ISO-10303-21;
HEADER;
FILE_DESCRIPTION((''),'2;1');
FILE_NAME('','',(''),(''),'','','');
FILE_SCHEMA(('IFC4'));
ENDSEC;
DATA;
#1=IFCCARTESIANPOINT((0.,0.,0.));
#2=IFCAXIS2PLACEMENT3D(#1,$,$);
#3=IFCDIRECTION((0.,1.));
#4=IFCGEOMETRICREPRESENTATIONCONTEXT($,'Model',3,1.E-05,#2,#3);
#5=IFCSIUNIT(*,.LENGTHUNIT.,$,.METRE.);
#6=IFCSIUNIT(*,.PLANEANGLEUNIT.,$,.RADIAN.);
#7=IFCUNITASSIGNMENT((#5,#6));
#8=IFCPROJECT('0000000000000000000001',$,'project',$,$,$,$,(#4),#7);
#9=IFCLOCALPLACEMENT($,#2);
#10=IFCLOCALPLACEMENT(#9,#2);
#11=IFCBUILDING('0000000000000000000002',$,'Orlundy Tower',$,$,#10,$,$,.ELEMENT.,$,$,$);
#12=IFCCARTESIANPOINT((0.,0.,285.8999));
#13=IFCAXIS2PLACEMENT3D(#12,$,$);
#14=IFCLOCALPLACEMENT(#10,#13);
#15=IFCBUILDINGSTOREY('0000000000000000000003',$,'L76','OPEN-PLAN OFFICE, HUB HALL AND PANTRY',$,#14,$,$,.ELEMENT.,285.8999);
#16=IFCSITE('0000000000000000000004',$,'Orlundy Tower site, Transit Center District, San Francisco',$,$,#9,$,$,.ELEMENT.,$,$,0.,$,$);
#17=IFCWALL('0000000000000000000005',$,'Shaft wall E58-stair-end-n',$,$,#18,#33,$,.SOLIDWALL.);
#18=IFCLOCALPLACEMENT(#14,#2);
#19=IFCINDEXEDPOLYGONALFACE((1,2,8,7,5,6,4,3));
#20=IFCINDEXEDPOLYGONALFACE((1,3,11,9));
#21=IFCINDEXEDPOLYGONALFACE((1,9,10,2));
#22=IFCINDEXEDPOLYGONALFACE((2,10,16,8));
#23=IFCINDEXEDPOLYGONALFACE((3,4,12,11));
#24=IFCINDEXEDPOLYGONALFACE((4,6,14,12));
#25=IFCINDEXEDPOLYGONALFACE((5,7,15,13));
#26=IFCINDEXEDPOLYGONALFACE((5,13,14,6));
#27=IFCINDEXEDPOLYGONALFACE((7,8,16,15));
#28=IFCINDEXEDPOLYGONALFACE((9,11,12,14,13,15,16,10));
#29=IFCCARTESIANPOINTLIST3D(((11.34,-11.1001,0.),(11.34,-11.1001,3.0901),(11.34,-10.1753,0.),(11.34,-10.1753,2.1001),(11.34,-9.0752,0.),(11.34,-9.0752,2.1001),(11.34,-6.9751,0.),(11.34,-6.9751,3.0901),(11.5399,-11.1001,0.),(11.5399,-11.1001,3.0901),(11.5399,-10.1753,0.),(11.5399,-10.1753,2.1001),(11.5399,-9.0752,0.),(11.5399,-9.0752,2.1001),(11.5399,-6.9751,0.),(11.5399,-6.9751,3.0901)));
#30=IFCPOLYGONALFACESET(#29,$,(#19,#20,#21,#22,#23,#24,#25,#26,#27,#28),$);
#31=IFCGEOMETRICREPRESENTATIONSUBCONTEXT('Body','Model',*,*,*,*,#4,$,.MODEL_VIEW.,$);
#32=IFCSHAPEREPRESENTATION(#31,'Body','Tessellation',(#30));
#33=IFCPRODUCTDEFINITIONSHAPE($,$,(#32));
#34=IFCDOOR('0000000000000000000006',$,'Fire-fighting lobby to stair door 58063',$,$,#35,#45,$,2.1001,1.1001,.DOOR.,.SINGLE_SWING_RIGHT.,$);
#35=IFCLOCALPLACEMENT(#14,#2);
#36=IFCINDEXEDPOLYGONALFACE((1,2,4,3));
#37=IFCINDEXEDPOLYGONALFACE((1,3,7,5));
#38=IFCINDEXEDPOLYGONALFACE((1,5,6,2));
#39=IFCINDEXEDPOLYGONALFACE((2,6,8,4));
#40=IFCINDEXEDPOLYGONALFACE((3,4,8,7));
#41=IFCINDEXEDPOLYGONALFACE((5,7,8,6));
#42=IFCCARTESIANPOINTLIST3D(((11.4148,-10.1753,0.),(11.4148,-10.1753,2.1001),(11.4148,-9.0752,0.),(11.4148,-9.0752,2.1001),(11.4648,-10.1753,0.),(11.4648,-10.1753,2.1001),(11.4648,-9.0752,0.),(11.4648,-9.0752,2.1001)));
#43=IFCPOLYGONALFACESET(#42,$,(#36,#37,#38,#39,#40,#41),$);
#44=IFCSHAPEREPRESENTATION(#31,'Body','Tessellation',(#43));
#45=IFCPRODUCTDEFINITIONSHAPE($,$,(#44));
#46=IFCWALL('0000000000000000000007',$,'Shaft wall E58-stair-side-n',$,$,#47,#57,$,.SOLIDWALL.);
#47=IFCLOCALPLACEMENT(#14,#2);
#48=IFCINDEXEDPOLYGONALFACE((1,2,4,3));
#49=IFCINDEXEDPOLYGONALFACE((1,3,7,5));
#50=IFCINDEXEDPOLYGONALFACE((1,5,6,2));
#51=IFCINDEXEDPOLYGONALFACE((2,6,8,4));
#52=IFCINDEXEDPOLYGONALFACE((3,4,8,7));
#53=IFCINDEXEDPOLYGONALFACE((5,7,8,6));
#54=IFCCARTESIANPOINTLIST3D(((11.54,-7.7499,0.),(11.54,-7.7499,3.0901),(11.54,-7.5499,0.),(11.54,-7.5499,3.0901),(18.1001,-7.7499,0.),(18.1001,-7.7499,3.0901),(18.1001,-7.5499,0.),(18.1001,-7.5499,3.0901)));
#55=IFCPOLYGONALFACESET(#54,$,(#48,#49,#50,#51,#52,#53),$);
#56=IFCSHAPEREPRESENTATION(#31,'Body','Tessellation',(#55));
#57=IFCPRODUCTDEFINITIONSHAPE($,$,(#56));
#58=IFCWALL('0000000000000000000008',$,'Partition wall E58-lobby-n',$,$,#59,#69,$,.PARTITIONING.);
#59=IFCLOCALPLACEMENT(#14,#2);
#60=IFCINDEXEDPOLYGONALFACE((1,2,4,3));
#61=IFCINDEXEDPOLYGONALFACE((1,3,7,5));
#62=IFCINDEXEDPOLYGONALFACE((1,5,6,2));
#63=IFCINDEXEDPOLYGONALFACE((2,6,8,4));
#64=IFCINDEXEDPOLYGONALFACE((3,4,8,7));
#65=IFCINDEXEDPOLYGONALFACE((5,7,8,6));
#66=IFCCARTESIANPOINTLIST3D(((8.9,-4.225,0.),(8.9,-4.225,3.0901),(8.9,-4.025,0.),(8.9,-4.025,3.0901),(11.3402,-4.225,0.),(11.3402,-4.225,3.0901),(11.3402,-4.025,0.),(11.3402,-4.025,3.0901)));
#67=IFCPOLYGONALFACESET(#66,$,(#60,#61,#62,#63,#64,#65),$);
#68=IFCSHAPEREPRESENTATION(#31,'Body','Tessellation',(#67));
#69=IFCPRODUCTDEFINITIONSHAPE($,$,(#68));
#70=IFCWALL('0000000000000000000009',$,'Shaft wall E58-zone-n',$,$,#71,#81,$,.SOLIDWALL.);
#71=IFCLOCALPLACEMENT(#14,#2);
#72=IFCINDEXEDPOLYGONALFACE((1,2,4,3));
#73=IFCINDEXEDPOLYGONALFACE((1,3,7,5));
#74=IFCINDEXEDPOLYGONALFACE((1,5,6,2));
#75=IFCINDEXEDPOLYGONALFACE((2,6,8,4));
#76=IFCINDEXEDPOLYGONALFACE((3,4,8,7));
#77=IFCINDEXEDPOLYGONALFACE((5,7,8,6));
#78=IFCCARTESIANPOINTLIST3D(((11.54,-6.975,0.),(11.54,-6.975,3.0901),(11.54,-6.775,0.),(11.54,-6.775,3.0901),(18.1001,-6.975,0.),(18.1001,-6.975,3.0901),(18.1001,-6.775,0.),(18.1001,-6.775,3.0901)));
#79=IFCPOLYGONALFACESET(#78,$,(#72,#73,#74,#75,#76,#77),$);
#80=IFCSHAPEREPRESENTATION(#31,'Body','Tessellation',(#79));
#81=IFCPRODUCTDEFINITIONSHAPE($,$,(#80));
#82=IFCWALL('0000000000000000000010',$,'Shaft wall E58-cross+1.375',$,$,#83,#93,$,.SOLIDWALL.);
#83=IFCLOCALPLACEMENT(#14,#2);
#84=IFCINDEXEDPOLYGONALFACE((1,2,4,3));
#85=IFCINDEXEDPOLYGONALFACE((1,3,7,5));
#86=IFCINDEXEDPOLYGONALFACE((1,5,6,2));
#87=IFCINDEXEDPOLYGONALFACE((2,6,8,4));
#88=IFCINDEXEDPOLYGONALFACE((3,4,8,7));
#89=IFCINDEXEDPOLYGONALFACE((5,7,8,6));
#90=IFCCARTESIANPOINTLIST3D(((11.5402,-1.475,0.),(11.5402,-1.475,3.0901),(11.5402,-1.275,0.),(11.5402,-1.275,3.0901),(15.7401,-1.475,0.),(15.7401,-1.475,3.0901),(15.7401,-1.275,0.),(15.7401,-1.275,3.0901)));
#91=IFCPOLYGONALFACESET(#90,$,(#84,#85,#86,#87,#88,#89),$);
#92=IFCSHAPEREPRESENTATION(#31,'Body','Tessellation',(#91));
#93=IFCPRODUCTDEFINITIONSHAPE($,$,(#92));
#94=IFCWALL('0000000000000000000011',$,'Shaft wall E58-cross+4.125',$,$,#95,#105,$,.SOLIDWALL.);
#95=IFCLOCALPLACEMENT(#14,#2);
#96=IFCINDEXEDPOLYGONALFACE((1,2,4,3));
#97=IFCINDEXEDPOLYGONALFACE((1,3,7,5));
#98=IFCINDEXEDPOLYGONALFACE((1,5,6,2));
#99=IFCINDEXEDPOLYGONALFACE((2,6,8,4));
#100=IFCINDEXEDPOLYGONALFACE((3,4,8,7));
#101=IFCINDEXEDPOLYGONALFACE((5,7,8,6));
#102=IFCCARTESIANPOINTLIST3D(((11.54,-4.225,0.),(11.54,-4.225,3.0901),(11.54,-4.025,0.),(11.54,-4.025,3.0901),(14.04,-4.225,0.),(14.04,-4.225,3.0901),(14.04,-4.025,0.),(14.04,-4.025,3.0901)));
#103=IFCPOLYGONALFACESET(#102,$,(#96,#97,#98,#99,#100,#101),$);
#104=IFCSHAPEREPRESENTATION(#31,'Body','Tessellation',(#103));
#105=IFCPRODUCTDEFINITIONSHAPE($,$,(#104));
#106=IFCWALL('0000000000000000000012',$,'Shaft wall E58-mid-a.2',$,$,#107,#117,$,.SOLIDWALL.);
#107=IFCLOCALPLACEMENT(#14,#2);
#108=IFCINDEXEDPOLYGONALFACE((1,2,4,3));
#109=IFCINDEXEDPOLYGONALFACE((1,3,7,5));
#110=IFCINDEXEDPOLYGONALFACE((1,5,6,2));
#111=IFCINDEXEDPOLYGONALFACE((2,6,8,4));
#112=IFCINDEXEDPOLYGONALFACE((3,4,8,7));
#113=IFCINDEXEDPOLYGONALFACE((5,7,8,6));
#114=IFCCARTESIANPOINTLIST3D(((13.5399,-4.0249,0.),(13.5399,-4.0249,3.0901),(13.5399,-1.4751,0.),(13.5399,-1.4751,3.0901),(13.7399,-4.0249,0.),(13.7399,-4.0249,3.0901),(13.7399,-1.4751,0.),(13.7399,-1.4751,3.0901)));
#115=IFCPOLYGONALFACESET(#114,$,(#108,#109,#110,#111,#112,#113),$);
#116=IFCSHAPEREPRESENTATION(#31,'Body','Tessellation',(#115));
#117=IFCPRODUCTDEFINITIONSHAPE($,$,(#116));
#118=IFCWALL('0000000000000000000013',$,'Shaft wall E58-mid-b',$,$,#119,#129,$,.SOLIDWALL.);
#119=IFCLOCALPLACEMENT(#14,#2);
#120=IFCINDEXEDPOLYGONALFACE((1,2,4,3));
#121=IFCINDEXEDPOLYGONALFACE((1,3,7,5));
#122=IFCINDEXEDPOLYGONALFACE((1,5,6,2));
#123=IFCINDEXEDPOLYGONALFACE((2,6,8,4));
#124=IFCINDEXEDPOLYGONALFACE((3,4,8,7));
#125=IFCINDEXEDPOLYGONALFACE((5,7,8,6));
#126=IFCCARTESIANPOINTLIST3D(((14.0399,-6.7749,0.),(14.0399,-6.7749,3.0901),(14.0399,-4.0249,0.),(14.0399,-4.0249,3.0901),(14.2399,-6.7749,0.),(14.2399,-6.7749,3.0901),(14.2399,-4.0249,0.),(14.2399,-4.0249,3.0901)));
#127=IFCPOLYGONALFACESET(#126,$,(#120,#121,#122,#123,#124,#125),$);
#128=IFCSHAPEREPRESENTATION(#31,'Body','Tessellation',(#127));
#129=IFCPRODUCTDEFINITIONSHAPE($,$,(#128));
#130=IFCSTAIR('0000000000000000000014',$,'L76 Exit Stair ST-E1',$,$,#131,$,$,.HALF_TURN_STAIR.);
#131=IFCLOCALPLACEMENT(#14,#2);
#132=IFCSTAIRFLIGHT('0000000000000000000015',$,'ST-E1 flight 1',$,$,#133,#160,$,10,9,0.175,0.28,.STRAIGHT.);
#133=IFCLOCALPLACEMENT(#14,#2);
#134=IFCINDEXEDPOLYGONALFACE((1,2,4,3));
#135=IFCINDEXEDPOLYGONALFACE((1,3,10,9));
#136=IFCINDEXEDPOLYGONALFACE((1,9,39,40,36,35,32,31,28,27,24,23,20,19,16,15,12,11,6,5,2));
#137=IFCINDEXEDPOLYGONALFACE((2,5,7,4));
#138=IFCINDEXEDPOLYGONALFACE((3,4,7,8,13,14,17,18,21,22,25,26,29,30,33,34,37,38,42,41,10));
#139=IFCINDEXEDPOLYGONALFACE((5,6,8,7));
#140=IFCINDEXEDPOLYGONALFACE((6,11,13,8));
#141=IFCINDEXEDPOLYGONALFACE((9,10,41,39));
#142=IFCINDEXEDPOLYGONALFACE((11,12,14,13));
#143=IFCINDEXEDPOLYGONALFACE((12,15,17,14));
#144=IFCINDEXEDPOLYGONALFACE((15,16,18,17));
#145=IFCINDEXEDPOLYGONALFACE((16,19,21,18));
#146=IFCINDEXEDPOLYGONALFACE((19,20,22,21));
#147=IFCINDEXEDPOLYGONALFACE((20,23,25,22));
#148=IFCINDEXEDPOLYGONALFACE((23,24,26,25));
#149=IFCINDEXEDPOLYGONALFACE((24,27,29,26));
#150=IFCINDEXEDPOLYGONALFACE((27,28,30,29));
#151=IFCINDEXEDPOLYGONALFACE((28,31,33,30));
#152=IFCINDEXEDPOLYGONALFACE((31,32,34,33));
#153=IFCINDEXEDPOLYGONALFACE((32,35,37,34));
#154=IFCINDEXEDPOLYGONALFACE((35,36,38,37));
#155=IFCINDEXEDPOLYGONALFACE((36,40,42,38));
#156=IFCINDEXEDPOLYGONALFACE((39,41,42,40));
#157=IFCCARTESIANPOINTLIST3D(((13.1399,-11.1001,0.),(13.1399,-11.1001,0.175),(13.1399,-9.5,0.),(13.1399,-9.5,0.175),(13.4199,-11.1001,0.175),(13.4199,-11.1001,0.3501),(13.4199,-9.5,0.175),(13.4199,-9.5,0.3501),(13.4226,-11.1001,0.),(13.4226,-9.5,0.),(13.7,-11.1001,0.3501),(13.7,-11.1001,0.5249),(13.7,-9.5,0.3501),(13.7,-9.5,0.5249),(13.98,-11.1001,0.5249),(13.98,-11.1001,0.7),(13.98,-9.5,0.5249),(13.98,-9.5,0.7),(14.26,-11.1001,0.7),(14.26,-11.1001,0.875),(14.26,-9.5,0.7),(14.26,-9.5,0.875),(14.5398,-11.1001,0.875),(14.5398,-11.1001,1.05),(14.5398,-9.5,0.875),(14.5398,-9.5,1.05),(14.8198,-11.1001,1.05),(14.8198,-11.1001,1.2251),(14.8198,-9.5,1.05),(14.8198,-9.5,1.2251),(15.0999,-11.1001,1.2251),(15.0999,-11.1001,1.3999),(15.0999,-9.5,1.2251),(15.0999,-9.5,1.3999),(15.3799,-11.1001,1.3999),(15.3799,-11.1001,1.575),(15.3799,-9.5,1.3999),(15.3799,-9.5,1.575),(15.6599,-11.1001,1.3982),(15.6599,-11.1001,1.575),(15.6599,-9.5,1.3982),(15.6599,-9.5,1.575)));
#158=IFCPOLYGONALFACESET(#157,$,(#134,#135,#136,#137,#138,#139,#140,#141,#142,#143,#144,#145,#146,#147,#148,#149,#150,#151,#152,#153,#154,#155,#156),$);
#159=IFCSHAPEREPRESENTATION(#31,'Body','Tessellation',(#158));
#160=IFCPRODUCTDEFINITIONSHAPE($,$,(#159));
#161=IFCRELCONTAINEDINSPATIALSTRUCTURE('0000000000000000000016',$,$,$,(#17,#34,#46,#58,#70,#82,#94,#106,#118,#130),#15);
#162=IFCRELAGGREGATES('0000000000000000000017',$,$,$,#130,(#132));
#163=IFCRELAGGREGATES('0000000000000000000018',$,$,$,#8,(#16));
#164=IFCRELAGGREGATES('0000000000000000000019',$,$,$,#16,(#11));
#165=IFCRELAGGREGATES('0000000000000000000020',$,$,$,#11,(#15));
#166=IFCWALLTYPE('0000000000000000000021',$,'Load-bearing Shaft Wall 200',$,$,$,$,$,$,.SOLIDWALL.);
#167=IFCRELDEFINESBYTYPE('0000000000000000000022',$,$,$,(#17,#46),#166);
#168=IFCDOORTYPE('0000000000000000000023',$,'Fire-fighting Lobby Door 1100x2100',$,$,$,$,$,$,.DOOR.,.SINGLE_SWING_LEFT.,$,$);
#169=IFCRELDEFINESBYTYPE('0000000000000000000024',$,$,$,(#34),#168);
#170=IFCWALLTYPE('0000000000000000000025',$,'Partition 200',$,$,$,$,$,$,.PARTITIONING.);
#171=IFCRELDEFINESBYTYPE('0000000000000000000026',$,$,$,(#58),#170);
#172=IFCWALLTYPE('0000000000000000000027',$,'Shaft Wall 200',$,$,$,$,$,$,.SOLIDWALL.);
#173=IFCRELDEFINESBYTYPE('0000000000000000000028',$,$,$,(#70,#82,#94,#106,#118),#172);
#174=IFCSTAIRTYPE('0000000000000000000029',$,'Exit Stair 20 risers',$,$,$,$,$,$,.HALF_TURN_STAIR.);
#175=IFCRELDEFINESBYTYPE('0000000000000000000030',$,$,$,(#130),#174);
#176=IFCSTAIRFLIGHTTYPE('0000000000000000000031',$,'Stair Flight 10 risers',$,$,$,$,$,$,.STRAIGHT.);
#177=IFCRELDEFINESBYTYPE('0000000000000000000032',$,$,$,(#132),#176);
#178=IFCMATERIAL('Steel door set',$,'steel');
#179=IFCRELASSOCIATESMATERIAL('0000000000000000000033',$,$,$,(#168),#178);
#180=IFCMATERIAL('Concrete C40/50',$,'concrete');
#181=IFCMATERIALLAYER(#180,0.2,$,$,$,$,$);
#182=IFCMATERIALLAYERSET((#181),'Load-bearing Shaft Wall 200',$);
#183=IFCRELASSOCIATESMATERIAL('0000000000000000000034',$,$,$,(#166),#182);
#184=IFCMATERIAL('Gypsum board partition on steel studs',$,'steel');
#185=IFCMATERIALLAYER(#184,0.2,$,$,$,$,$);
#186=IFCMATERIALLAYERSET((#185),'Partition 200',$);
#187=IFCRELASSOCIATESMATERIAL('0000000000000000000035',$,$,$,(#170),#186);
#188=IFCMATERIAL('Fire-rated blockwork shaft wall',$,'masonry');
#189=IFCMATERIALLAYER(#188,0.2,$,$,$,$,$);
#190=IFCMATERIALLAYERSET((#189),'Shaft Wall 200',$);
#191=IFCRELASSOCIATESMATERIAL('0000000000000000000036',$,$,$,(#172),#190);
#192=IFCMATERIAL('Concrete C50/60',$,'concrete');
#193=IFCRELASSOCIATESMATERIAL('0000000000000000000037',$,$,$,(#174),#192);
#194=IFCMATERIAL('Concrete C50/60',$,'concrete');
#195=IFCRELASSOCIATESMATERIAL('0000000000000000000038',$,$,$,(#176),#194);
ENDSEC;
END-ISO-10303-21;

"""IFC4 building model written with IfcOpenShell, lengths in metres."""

from ifc_helpers import new_model, si_unit, direction, frame, frame_2d, origin, place, context, subcontext, project, spatial, polyline, rectangle, outline, extrude, material, layer, layer_set, type_object, element, fill, aggregate, save


model = new_model("IFC4")

# Units and contexts
model_context = context("Model", 3, precision=1e-05, world=origin(), true_north=direction((0.0, 1.0)))
body_context = subcontext(model_context, "Body", "Model", "MODEL_VIEW")
ifc_project = project(units=[si_unit("LENGTHUNIT", "METRE"), si_unit("PLANEANGLEUNIT", "RADIAN")], contexts=[model_context])

# Site, building, storey
site_placement = place(None, origin())
site = spatial("IfcSite", under=ifc_project, at=site_placement, Name="Orlundy Tower site, Transit Center District, San Francisco", CompositionType="ELEMENT", RefElevation=0.0)
building_placement = place(site_placement, origin())
building = spatial("IfcBuilding", under=site, at=building_placement, Name="Orlundy Tower", CompositionType="ELEMENT")
storey_placement = place(building_placement, frame((0.0, 0.0, 285.8999)))
storey = spatial("IfcBuildingStorey", under=building, at=storey_placement, Name="L76", Description="OPEN-PLAN OFFICE, HUB HALL AND PANTRY", CompositionType="ELEMENT", Elevation=285.8999)

# Shared definitions
ifc_material_1 = material(Name="Steel door set", Category="steel")
door_type_1 = type_object("IfcDoorType", Name="Fire-fighting Lobby Door 1100x2100", OperationType="SINGLE_SWING_LEFT", PredefinedType="DOOR", material=ifc_material_1)

# Wall, opening, door
ifc_material_2 = material(Name="Concrete C40/50", Category="concrete")
ifc_layer_1 = layer(ifc_material_2, 0.2)
ifc_layer_set_1 = layer_set([ifc_layer_1], Name="Load-bearing Shaft Wall 200")
wall_type_1 = type_object("IfcWallType", Name="Load-bearing Shaft Wall 200", PredefinedType="SOLIDWALL", material=ifc_layer_set_1)
wall_1_placement = place(storey_placement, frame((11.4399, -6.9751, 0.0), z_axis=(0.0, 0.0, 1.0), x_axis=(0.0, -1.0, 0.0)))
wall_1 = element("IfcWall", 1, at=wall_1_placement, inside=storey, type_object=wall_type_1, Name="Shaft wall E58-stair-end-n", PredefinedType="SOLIDWALL", context=body_context, shape_type="SweptSolid", body=[
    extrude(rectangle(XDim=4.125, YDim=0.2, at=frame_2d((2.0625, 0.0))), origin(), (0.0, 0.0, 1.0), 3.0901),
])
opening_1_placement = place(wall_1_placement, frame((2.1001, 0.0, 0.0)))
opening_1 = element("IfcOpeningElement", 2, at=opening_1_placement, cuts=wall_1, PredefinedType="OPENING", context=body_context, shape_type="SweptSolid", body=[
    extrude(rectangle(XDim=1.1001, YDim=2.1001, at=frame_2d((0.55, 1.05))), frame((0.0, 0.1101, 0.0), z_axis=(0.0, -1.0, 0.0), x_axis=(1.0, 0.0, 0.0)), (0.0, 0.0, 1.0), 0.2202),
])
door_1_placement = place(opening_1_placement, origin())
door_1 = element("IfcDoor", 3, at=door_1_placement, inside=storey, type_object=door_type_1, Name="Fire-fighting lobby to stair door 58063", OperationType="SINGLE_SWING_RIGHT", OverallHeight=2.1001, OverallWidth=1.1001, PredefinedType="DOOR", context=body_context, shape_type="SweptSolid", body=[
    extrude(rectangle(XDim=1.1001, YDim=2.1001, at=frame_2d((0.55, 1.05))), frame((0.0, 0.0249, 0.0), z_axis=(0.0, -1.0, 0.0), x_axis=(1.0, 0.0, 0.0)), (0.0, 0.0, 1.0), 0.05),
])
fill(opening_1, door_1)

# Walls
wall_2_placement = place(storey_placement, frame((11.54, -7.6499, 0.0), z_axis=(0.0, 0.0, 1.0), x_axis=(1.0, 0.0, 0.0)))
element("IfcWall", 4, at=wall_2_placement, inside=storey, type_object=wall_type_1, Name="Shaft wall E58-stair-side-n", PredefinedType="SOLIDWALL", context=body_context, shape_type="SweptSolid", body=[
    extrude(rectangle(XDim=6.5601, YDim=0.2, at=frame_2d((3.28, 0.0))), origin(), (0.0, 0.0, 1.0), 3.0901),
])
ifc_material_3 = material(Name="Gypsum board partition on steel studs", Category="steel")
ifc_layer_2 = layer(ifc_material_3, 0.2)
ifc_layer_set_2 = layer_set([ifc_layer_2], Name="Partition 200")
wall_type_2 = type_object("IfcWallType", Name="Partition 200", PredefinedType="PARTITIONING", material=ifc_layer_set_2)
wall_3_placement = place(storey_placement, frame((8.8999, -4.125, 0.0), z_axis=(0.0, 0.0, 1.0), x_axis=(1.0, 0.0, 0.0)))
element("IfcWall", 5, at=wall_3_placement, inside=storey, type_object=wall_type_2, Name="Partition wall E58-lobby-n", PredefinedType="PARTITIONING", context=body_context, shape_type="SweptSolid", body=[
    extrude(rectangle(XDim=2.4402, YDim=0.2, at=frame_2d((1.2202, 0.0))), origin(), (0.0, 0.0, 1.0), 3.0901),
])
ifc_material_4 = material(Name="Fire-rated blockwork shaft wall", Category="masonry")
ifc_layer_3 = layer(ifc_material_4, 0.2)
ifc_layer_set_3 = layer_set([ifc_layer_3], Name="Shaft Wall 200")
wall_type_3 = type_object("IfcWallType", Name="Shaft Wall 200", PredefinedType="SOLIDWALL", material=ifc_layer_set_3)
wall_4_placement = place(storey_placement, frame((11.54, -6.875, 0.0), z_axis=(0.0, 0.0, 1.0), x_axis=(1.0, 0.0, 0.0)))
element("IfcWall", 6, at=wall_4_placement, inside=storey, type_object=wall_type_3, Name="Shaft wall E58-zone-n", PredefinedType="SOLIDWALL", context=body_context, shape_type="SweptSolid", body=[
    extrude(rectangle(XDim=6.5601, YDim=0.2, at=frame_2d((3.28, 0.0))), origin(), (0.0, 0.0, 1.0), 3.0901),
])
wall_5_placement = place(storey_placement, frame((11.54, -1.375, 0.0), z_axis=(0.0, 0.0, 1.0), x_axis=(1.0, 0.0, 0.0)))
element("IfcWall", 7, at=wall_5_placement, inside=storey, type_object=wall_type_3, Name="Shaft wall E58-cross+1.375", PredefinedType="SOLIDWALL", context=body_context, shape_type="SweptSolid", body=[
    extrude(rectangle(XDim=4.2, YDim=0.2, at=frame_2d((2.1001, 0.0))), origin(), (0.0, 0.0, 1.0), 3.0901),
])
wall_6_placement = place(storey_placement, frame((11.54, -4.125, 0.0), z_axis=(0.0, 0.0, 1.0), x_axis=(1.0, 0.0, 0.0)))
element("IfcWall", 8, at=wall_6_placement, inside=storey, type_object=wall_type_3, Name="Shaft wall E58-cross+4.125", PredefinedType="SOLIDWALL", context=body_context, shape_type="SweptSolid", body=[
    extrude(rectangle(XDim=2.5, YDim=0.2, at=frame_2d((1.25, 0.0))), origin(), (0.0, 0.0, 1.0), 3.0901),
])
wall_7_placement = place(storey_placement, frame((13.6399, -1.4751, 0.0), z_axis=(0.0, 0.0, 1.0), x_axis=(0.0, -1.0, 0.0)))
element("IfcWall", 9, at=wall_7_placement, inside=storey, type_object=wall_type_3, Name="Shaft wall E58-mid-a.2", PredefinedType="SOLIDWALL", context=body_context, shape_type="SweptSolid", body=[
    extrude(rectangle(XDim=2.5498, YDim=0.2, at=frame_2d((1.2749, 0.0))), origin(), (0.0, 0.0, 1.0), 3.0901),
])
wall_8_placement = place(storey_placement, frame((14.1399, -4.0249, 0.0), z_axis=(0.0, 0.0, 1.0), x_axis=(0.0, -1.0, 0.0)))
element("IfcWall", 10, at=wall_8_placement, inside=storey, type_object=wall_type_3, Name="Shaft wall E58-mid-b", PredefinedType="SOLIDWALL", context=body_context, shape_type="SweptSolid", body=[
    extrude(rectangle(XDim=2.75, YDim=0.2, at=frame_2d((1.375, 0.0))), origin(), (0.0, 0.0, 1.0), 3.0901),
])

# Stair, stair flight
ifc_material_5 = material(Name="Concrete C50/60", Category="concrete")
stair_type = type_object("IfcStairType", Name="Exit Stair 20 risers", PredefinedType="HALF_TURN_STAIR", material=ifc_material_5)
stair_placement = place(storey_placement, origin())
stair = element("IfcStair", 11, at=stair_placement, inside=storey, type_object=stair_type, Name="L76 Exit Stair ST-E1", PredefinedType="HALF_TURN_STAIR")
ifc_material_6 = material(Name="Concrete C50/60", Category="concrete")
stair_flight_type = type_object("IfcStairFlightType", Name="Stair Flight 10 risers", PredefinedType="STRAIGHT", material=ifc_material_6)
stair_flight_1_placement = place(storey_placement, frame((13.1399, -10.3, 0.0), z_axis=(0.0, 0.0, 1.0), x_axis=(1.0, 0.0, 0.0)))
stair_flight_1 = element("IfcStairFlight", 12, at=stair_flight_1_placement, type_object=stair_flight_type, Name="ST-E1 flight 1", NumberOfRisers=10, NumberOfTreads=9, PredefinedType="STRAIGHT", RiserHeight=0.175, TreadLength=0.28, context=body_context, shape_type="SweptSolid", body=[
    extrude(outline(polyline([(0.0, 0.0), (0.0, 0.175), (0.28, 0.175), (0.28, 0.3501), (0.5601, 0.3501), (0.5601, 0.5249), (0.8401, 0.5249), (0.8401, 0.7), (1.1201, 0.7), (1.1201, 0.875), (1.3999, 0.875), (1.3999, 1.05), (1.6799, 1.05), (1.6799, 1.2251), (1.96, 1.2251), (1.96, 1.3999), (2.24, 1.3999), (2.24, 1.575), (2.52, 1.575), (2.52, 1.75), (2.52, 1.3982), (0.2827, 0.0), (0.0, 0.0)])), frame((0.0, 0.8, 0.0), z_axis=(0.0, -1.0, 0.0), x_axis=(1.0, 0.0, 0.0)), (0.0, 0.0, 1.0), 1.6001),
])
aggregate(stair, [stair_flight_1])

save(model, "model.ifc")
